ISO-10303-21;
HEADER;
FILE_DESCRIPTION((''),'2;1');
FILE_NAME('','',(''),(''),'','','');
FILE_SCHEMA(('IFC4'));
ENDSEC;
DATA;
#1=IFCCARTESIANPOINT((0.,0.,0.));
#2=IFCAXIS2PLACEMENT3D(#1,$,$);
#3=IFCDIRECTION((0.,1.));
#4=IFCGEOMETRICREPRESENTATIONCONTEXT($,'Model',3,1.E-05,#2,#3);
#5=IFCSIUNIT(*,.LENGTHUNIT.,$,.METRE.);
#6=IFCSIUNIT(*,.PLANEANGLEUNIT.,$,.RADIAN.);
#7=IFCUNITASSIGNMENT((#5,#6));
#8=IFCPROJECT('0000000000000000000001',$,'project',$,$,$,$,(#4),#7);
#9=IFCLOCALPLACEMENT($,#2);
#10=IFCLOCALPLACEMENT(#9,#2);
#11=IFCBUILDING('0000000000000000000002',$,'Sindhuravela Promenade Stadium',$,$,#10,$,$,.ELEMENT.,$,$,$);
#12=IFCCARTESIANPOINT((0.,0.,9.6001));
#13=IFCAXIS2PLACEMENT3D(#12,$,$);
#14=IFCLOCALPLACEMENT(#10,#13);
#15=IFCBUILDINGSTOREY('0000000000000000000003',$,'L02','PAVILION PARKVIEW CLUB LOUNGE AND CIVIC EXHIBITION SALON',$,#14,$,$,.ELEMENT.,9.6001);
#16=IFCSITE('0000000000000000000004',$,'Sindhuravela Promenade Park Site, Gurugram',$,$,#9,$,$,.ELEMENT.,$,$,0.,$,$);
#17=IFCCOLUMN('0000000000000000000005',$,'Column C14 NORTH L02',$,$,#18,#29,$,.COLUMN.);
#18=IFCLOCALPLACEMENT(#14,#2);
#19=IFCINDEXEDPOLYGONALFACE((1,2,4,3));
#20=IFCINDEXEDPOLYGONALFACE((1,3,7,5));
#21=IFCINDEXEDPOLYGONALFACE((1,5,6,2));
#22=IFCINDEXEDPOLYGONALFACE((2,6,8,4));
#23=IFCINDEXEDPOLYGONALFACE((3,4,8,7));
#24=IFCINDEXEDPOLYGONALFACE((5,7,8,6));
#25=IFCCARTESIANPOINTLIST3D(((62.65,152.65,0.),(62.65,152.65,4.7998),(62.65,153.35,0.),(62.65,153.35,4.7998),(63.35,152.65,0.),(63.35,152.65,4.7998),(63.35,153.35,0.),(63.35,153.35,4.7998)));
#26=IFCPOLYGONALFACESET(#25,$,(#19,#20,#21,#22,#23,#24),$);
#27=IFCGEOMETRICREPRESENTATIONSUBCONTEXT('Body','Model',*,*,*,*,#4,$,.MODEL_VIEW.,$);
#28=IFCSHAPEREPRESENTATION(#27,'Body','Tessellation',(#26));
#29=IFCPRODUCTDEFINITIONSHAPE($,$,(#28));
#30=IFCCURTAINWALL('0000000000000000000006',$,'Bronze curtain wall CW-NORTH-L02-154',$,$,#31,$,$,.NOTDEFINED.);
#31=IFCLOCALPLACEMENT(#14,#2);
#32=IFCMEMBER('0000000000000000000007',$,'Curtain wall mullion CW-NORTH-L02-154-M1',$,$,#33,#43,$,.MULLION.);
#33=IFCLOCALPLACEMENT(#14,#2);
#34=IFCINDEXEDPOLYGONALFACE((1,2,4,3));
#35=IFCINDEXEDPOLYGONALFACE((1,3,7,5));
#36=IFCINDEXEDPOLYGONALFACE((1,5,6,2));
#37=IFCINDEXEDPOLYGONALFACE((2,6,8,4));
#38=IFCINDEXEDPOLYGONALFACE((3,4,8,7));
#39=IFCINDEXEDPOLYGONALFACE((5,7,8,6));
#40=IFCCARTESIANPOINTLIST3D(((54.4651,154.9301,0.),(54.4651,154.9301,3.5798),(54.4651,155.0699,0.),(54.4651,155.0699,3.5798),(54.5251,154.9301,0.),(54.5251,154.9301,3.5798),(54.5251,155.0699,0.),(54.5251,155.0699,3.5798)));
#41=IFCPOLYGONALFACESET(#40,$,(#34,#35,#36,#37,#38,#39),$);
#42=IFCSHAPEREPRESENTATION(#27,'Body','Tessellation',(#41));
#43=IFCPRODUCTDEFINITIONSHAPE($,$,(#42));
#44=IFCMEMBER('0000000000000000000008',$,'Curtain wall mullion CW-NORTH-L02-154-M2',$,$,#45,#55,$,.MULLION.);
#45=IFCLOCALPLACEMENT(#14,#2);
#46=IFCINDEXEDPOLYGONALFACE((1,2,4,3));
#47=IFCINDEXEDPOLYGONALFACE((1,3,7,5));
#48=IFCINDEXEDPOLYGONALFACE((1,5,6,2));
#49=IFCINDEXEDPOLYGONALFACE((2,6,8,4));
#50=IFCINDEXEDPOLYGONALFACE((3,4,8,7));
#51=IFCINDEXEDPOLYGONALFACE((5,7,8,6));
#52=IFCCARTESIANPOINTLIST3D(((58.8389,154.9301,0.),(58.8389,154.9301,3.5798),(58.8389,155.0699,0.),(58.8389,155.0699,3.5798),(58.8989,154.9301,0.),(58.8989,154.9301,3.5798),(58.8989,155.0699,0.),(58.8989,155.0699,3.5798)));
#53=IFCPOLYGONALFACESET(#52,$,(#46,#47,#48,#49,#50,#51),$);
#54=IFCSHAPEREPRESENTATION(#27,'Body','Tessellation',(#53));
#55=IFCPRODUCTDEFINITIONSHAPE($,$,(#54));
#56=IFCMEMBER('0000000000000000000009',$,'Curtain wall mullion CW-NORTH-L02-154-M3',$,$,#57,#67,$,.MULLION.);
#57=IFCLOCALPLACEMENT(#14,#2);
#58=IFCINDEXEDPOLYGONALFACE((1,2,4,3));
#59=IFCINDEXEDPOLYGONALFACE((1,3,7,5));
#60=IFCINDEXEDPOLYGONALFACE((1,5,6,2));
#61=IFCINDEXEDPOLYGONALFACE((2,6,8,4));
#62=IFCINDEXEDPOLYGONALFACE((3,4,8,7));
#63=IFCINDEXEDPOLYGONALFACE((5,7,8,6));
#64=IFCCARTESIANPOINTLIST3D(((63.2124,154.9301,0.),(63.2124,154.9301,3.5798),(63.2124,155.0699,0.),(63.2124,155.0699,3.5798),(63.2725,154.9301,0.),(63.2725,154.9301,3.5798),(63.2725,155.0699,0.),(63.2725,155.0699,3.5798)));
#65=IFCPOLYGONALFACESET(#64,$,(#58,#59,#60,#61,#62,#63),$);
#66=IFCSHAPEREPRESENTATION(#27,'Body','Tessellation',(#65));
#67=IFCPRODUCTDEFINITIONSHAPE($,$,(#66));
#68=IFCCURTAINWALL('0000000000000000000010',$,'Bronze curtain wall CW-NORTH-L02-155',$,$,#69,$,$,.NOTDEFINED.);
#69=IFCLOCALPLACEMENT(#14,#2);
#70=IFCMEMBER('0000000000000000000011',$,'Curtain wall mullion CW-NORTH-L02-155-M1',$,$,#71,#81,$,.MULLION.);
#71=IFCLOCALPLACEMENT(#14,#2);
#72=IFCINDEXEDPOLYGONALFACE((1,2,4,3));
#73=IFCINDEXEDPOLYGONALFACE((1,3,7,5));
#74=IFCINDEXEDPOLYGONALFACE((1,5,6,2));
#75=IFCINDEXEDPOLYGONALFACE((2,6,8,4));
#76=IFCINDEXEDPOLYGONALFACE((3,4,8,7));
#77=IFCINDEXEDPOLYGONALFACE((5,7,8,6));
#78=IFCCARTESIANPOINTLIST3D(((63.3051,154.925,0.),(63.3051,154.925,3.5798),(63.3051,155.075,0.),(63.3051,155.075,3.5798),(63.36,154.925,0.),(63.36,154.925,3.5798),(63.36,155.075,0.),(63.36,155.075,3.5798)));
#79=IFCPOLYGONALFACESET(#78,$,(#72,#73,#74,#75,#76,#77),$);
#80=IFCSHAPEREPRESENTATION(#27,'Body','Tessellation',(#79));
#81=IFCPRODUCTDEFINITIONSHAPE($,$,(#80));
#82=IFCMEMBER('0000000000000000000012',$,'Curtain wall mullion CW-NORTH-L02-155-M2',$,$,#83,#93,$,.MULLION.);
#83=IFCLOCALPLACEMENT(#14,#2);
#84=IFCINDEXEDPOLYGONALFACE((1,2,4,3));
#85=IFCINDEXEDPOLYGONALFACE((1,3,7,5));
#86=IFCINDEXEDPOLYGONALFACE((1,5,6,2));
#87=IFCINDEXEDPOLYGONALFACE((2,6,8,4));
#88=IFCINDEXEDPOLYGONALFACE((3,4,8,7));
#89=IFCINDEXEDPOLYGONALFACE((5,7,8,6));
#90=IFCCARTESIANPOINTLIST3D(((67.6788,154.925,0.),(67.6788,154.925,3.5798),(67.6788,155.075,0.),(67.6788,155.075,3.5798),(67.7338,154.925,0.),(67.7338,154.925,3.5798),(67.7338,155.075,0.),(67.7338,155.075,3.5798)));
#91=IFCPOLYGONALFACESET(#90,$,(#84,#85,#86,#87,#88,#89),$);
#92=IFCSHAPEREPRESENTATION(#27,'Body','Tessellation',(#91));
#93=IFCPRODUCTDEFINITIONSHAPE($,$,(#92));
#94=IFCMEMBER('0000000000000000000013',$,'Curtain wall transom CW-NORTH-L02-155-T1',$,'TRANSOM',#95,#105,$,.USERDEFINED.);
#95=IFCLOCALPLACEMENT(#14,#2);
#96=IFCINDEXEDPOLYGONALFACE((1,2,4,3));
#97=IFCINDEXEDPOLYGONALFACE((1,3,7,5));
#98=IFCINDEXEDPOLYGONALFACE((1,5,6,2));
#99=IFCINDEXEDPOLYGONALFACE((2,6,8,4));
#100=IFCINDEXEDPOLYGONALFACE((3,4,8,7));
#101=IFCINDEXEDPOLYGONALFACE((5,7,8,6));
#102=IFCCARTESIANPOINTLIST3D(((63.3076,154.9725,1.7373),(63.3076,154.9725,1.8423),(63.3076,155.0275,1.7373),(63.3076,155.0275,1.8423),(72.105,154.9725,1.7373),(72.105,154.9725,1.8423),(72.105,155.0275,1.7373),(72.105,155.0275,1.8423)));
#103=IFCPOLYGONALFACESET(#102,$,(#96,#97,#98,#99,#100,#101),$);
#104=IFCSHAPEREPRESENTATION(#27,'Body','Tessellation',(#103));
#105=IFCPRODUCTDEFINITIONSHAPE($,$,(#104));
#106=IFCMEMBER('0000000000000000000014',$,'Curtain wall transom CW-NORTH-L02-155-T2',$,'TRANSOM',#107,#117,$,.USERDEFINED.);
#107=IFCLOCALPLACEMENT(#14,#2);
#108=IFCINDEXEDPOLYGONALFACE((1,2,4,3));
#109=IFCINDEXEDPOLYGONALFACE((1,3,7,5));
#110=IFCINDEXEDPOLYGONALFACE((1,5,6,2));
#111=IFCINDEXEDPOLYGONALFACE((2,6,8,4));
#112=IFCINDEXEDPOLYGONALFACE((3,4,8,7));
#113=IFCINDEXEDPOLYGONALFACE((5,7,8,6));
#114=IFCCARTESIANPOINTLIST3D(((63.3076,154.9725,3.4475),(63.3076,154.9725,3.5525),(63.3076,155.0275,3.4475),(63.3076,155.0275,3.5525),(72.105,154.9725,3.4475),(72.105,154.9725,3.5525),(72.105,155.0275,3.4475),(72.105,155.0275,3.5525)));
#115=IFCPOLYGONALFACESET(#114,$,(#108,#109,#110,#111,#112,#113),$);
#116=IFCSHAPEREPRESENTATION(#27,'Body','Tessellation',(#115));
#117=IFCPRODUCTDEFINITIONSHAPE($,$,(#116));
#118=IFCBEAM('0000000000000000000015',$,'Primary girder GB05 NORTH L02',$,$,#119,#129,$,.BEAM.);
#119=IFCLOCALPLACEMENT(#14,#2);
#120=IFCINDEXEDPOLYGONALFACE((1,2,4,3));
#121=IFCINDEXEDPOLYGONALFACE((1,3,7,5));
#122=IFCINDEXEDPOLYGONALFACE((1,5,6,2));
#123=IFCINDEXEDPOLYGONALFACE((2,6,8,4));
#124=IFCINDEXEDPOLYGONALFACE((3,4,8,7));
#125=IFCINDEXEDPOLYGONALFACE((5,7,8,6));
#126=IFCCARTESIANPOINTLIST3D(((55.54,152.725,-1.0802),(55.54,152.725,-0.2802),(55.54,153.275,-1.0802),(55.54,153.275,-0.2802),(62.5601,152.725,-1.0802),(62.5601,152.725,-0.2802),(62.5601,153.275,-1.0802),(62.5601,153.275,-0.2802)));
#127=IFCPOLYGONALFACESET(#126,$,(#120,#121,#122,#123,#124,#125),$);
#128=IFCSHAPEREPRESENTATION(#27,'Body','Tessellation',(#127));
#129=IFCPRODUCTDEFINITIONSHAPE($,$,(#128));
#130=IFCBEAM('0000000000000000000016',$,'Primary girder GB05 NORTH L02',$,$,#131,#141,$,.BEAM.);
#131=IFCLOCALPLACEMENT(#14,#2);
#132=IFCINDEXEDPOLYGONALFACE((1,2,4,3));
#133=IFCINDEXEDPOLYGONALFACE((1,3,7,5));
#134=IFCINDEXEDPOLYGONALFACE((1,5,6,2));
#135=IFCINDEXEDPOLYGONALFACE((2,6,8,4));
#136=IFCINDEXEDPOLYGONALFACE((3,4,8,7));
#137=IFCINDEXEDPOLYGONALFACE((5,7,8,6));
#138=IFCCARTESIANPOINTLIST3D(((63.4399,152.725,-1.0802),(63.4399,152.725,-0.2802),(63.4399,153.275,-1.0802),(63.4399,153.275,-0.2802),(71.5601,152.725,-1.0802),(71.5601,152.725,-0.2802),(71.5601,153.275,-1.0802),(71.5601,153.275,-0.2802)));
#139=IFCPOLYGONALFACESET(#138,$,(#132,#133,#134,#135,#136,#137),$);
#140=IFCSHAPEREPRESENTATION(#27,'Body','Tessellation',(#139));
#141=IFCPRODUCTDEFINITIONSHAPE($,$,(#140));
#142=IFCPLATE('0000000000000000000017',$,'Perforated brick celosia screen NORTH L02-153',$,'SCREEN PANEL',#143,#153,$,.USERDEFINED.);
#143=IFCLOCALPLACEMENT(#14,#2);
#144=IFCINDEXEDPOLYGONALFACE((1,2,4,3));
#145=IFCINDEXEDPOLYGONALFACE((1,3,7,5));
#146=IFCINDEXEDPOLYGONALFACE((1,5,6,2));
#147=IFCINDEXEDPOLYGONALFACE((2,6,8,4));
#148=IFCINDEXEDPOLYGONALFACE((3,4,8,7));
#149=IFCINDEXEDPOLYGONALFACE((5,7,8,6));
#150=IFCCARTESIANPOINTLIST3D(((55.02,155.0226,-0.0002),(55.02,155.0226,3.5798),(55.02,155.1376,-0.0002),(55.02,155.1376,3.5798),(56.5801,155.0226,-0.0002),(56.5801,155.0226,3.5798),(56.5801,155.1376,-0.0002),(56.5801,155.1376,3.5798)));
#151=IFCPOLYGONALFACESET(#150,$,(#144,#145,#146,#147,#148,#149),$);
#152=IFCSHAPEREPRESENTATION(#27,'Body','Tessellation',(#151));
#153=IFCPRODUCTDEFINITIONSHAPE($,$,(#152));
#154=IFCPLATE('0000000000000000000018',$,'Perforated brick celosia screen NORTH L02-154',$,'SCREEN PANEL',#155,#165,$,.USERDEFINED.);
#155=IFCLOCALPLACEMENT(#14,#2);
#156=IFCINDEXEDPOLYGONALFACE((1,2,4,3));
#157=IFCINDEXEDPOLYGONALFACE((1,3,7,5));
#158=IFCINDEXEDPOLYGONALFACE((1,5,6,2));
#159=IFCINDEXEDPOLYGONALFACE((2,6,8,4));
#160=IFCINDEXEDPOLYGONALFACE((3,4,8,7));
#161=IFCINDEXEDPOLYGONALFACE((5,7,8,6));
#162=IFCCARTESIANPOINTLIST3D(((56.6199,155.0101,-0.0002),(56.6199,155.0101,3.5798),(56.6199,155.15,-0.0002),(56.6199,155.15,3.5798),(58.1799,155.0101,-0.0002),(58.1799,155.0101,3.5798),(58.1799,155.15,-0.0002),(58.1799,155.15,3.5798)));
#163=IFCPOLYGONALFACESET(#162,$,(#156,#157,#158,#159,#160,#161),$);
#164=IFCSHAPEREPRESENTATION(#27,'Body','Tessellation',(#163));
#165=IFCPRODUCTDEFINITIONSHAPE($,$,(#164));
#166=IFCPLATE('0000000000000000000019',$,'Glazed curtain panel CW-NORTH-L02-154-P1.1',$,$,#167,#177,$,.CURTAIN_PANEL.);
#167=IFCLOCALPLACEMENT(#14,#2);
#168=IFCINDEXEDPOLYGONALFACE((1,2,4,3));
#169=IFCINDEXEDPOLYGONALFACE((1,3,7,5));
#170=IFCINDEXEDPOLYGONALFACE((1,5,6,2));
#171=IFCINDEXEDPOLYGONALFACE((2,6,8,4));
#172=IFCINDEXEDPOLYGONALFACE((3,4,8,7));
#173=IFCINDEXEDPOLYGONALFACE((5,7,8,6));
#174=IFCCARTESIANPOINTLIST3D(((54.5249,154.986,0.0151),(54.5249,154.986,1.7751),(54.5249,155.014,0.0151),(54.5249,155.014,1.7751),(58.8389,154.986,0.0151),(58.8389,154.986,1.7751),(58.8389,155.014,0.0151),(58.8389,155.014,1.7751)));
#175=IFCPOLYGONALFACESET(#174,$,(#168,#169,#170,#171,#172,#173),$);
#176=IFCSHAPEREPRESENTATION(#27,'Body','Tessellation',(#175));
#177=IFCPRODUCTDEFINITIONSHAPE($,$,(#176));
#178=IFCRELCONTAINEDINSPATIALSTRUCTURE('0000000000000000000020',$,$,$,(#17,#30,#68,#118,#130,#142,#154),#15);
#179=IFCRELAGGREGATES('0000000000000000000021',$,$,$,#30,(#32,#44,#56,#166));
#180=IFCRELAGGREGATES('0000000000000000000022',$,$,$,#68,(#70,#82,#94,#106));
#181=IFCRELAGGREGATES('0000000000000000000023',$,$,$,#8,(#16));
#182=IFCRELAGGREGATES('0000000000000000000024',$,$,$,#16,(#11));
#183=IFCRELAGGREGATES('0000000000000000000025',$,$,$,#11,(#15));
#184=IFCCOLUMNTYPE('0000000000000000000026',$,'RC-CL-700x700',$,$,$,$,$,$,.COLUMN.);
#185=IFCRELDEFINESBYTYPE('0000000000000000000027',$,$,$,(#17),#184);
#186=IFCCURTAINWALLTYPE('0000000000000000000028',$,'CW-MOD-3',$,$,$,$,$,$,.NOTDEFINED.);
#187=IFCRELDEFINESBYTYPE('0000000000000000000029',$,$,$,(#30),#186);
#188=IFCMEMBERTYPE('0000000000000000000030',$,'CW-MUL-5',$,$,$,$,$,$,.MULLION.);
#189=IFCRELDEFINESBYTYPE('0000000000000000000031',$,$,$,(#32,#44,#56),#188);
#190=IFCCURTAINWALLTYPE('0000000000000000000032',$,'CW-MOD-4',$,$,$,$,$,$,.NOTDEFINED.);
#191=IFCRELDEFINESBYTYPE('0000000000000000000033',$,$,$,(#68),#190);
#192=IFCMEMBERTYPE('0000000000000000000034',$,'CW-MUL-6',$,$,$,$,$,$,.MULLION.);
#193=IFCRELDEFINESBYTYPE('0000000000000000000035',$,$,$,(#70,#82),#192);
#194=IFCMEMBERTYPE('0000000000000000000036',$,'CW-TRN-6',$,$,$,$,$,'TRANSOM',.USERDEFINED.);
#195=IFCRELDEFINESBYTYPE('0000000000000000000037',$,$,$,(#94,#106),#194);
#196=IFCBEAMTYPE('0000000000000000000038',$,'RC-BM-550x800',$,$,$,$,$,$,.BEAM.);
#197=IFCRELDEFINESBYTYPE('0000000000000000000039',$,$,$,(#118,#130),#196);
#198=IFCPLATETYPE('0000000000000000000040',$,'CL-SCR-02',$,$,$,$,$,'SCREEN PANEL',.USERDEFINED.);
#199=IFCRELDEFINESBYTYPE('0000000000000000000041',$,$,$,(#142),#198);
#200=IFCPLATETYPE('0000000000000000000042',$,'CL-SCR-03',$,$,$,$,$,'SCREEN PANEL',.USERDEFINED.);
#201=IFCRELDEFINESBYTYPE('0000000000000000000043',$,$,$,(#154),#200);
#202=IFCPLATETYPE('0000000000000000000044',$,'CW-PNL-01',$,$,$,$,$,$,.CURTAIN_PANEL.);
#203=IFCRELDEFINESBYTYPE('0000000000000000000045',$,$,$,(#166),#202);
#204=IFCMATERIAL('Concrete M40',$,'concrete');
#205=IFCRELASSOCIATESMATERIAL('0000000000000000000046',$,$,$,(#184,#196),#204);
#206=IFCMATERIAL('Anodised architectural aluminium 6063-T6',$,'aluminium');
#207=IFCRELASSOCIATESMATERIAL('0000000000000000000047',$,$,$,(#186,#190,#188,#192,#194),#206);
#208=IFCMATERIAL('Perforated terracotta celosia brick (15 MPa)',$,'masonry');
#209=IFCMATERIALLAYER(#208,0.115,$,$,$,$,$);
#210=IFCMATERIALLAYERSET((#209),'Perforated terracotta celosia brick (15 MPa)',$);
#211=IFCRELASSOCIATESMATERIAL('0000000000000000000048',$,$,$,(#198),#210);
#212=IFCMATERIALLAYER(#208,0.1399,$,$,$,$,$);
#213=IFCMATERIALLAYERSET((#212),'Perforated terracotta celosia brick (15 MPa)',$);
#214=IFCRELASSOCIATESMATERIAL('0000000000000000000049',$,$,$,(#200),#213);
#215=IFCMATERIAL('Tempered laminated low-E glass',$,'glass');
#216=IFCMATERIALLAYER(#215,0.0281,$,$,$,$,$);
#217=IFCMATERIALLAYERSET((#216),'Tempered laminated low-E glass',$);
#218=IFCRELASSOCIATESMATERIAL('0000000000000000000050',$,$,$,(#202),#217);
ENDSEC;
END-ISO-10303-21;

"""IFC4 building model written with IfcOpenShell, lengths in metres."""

from ifc_helpers import new_model, si_unit, direction, frame, origin, origin_2d, place, context, subcontext, project, spatial, rectangle, extrude, material, layer, layer_set, material_profile, profile_set, type_object, element, aggregate, save


model = new_model("IFC4")

# Units and contexts
model_context = context("Model", 3, precision=1e-05, world=origin(), true_north=direction((0.0, 1.0)))
body_context = subcontext(model_context, "Body", "Model", "MODEL_VIEW")
ifc_project = project(units=[si_unit("LENGTHUNIT", "METRE"), si_unit("PLANEANGLEUNIT", "RADIAN")], contexts=[model_context])

# Site, building, storey
site_placement = place(None, origin())
site = spatial("IfcSite", under=ifc_project, at=site_placement, Name="Sindhuravela Promenade Park Site, Gurugram", CompositionType="ELEMENT", RefElevation=0.0)
building_placement = place(site_placement, origin())
building = spatial("IfcBuilding", under=site, at=building_placement, Name="Sindhuravela Promenade Stadium", CompositionType="ELEMENT")
storey_placement = place(building_placement, frame((0.0, 0.0, 9.6001)))
storey = spatial("IfcBuildingStorey", under=building, at=storey_placement, Name="L02", Description="PAVILION PARKVIEW CLUB LOUNGE AND CIVIC EXHIBITION SALON", CompositionType="ELEMENT", Elevation=9.6001)

# Column
ifc_material_1 = material(Name="Concrete M40", Category="concrete")
ifc_material_profile_1 = material_profile(ifc_material_1, rectangle(XDim=0.7, YDim=0.7, at=origin_2d()), Name="RC 700x700")
ifc_profile_set_1 = profile_set([ifc_material_profile_1], Name="Concrete M40")
column_type = type_object("IfcColumnType", Name="RC-CL-700x700", PredefinedType="COLUMN", material=ifc_profile_set_1)
column_placement = place(storey_placement, frame((63.0, 153.0, 0.0), z_axis=(0.0, 0.0, 1.0), x_axis=(1.0, 0.0, 0.0)))
element("IfcColumn", 1, at=column_placement, inside=storey, type_object=column_type, Name="Column C14 NORTH L02", PredefinedType="COLUMN", context=body_context, shape_type="SweptSolid", body=[
    extrude(rectangle(XDim=0.7, YDim=0.7, at=origin_2d()), origin(), (0.0, 0.0, 1.0), 4.7998),
])

# Curtain walls, members
ifc_material_2 = material(Name="Anodised architectural aluminium 6063-T6", Category="aluminium")
curtain_wall_type_1 = type_object("IfcCurtainWallType", Name="CW-MOD-3", PredefinedType="NOTDEFINED", material=ifc_material_2)
curtain_wall_1_placement = place(storey_placement, origin())
curtain_wall_1 = element("IfcCurtainWall", 2, at=curtain_wall_1_placement, inside=storey, type_object=curtain_wall_type_1, Name="Bronze curtain wall CW-NORTH-L02-154", PredefinedType="NOTDEFINED")
ifc_material_profile_2 = material_profile(ifc_material_2, rectangle(XDim=0.0601, YDim=0.1399, at=origin_2d()), Name="ALU M60x140")
ifc_profile_set_2 = profile_set([ifc_material_profile_2], Name="Anodised architectural aluminium 6063-T6")
member_type_1 = type_object("IfcMemberType", Name="CW-MUL-5", PredefinedType="MULLION", material=ifc_profile_set_2)
member_1_placement = place(storey_placement, frame((54.4951, 155.0, 0.0), z_axis=(0.0, 0.0, 1.0), x_axis=(1.0, 0.0, 0.0)))
member_1 = element("IfcMember", 3, at=member_1_placement, type_object=member_type_1, Name="Curtain wall mullion CW-NORTH-L02-154-M1", PredefinedType="MULLION", context=body_context, shape_type="SweptSolid", body=[
    extrude(rectangle(XDim=0.0601, YDim=0.1399, at=origin_2d()), origin(), (0.0, 0.0, 1.0), 3.5798),
])
member_2_placement = place(storey_placement, frame((58.8689, 155.0, 0.0), z_axis=(0.0, 0.0, 1.0), x_axis=(1.0, 0.0, 0.0)))
member_2 = element("IfcMember", 4, at=member_2_placement, type_object=member_type_1, Name="Curtain wall mullion CW-NORTH-L02-154-M2", PredefinedType="MULLION", context=body_context, shape_type="SweptSolid", body=[
    extrude(rectangle(XDim=0.0601, YDim=0.1399, at=origin_2d()), origin(), (0.0, 0.0, 1.0), 3.5798),
])
member_3_placement = place(storey_placement, frame((63.2424, 155.0, 0.0), z_axis=(0.0, 0.0, 1.0), x_axis=(1.0, 0.0, 0.0)))
member_3 = element("IfcMember", 5, at=member_3_placement, type_object=member_type_1, Name="Curtain wall mullion CW-NORTH-L02-154-M3", PredefinedType="MULLION", context=body_context, shape_type="SweptSolid", body=[
    extrude(rectangle(XDim=0.0601, YDim=0.1399, at=origin_2d()), origin(), (0.0, 0.0, 1.0), 3.5798),
])
curtain_wall_type_2 = type_object("IfcCurtainWallType", Name="CW-MOD-4", PredefinedType="NOTDEFINED", material=ifc_material_2)
curtain_wall_2_placement = place(storey_placement, origin())
curtain_wall_2 = element("IfcCurtainWall", 6, at=curtain_wall_2_placement, inside=storey, type_object=curtain_wall_type_2, Name="Bronze curtain wall CW-NORTH-L02-155", PredefinedType="NOTDEFINED")
ifc_material_profile_3 = material_profile(ifc_material_2, rectangle(XDim=0.0549, YDim=0.1499, at=origin_2d()), Name="ALU M55x150")
ifc_profile_set_3 = profile_set([ifc_material_profile_3], Name="Anodised architectural aluminium 6063-T6")
member_type_2 = type_object("IfcMemberType", Name="CW-MUL-6", PredefinedType="MULLION", material=ifc_profile_set_3)
member_4_placement = place(storey_placement, frame((63.3325, 155.0, 0.0), z_axis=(0.0, 0.0, 1.0), x_axis=(1.0, 0.0, 0.0)))
member_4 = element("IfcMember", 7, at=member_4_placement, type_object=member_type_2, Name="Curtain wall mullion CW-NORTH-L02-155-M1", PredefinedType="MULLION", context=body_context, shape_type="SweptSolid", body=[
    extrude(rectangle(XDim=0.0549, YDim=0.1499, at=origin_2d()), origin(), (0.0, 0.0, 1.0), 3.5798),
])
member_5_placement = place(storey_placement, frame((67.7063, 155.0, 0.0), z_axis=(0.0, 0.0, 1.0), x_axis=(1.0, 0.0, 0.0)))
member_5 = element("IfcMember", 8, at=member_5_placement, type_object=member_type_2, Name="Curtain wall mullion CW-NORTH-L02-155-M2", PredefinedType="MULLION", context=body_context, shape_type="SweptSolid", body=[
    extrude(rectangle(XDim=0.0549, YDim=0.1499, at=origin_2d()), origin(), (0.0, 0.0, 1.0), 3.5798),
])
ifc_material_profile_4 = material_profile(ifc_material_2, rectangle(XDim=0.0549, YDim=0.105, at=origin_2d()), Name="ALU T55x105")
ifc_profile_set_4 = profile_set([ifc_material_profile_4], Name="Anodised architectural aluminium 6063-T6")
member_type_3 = type_object("IfcMemberType", Name="CW-TRN-6", ElementType="TRANSOM", PredefinedType="USERDEFINED", material=ifc_profile_set_4)
member_6_placement = place(storey_placement, frame((63.3076, 155.0, 1.7898), z_axis=(1.0, 0.0, 0.0), x_axis=(0.0, 1.0, 0.0)))
member_6 = element("IfcMember", 9, at=member_6_placement, type_object=member_type_3, Name="Curtain wall transom CW-NORTH-L02-155-T1", ObjectType="TRANSOM", PredefinedType="USERDEFINED", context=body_context, shape_type="SweptSolid", body=[
    extrude(rectangle(XDim=0.0549, YDim=0.105, at=origin_2d()), origin(), (0.0, 0.0, 1.0), 8.7974),
])
member_7_placement = place(storey_placement, frame((63.3076, 155.0, 3.5), z_axis=(1.0, 0.0, 0.0), x_axis=(0.0, 1.0, 0.0)))
member_7 = element("IfcMember", 10, at=member_7_placement, type_object=member_type_3, Name="Curtain wall transom CW-NORTH-L02-155-T2", ObjectType="TRANSOM", PredefinedType="USERDEFINED", context=body_context, shape_type="SweptSolid", body=[
    extrude(rectangle(XDim=0.0549, YDim=0.105, at=origin_2d()), origin(), (0.0, 0.0, 1.0), 8.7974),
])

# Beams
ifc_material_profile_5 = material_profile(ifc_material_1, rectangle(XDim=0.55, YDim=0.8, at=origin_2d()), Name="RC 550x800")
ifc_profile_set_5 = profile_set([ifc_material_profile_5], Name="Concrete M40")
beam_type = type_object("IfcBeamType", Name="RC-BM-550x800", PredefinedType="BEAM", material=ifc_profile_set_5)
beam_1_placement = place(storey_placement, frame((55.54, 153.0, -0.6802), z_axis=(1.0, 0.0, 0.0), x_axis=(0.0, 1.0, 0.0)))
element("IfcBeam", 11, at=beam_1_placement, inside=storey, type_object=beam_type, Name="Primary girder GB05 NORTH L02", PredefinedType="BEAM", context=body_context, shape_type="SweptSolid", body=[
    extrude(rectangle(XDim=0.55, YDim=0.8, at=origin_2d()), origin(), (0.0, 0.0, 1.0), 7.02),
])
beam_2_placement = place(storey_placement, frame((63.4399, 153.0, -0.6802), z_axis=(1.0, 0.0, 0.0), x_axis=(0.0, 1.0, 0.0)))
element("IfcBeam", 12, at=beam_2_placement, inside=storey, type_object=beam_type, Name="Primary girder GB05 NORTH L02", PredefinedType="BEAM", context=body_context, shape_type="SweptSolid", body=[
    extrude(rectangle(XDim=0.55, YDim=0.8, at=origin_2d()), origin(), (0.0, 0.0, 1.0), 8.1201),
])

# Plates
ifc_material_3 = material(Name="Perforated terracotta celosia brick (15 MPa)", Category="masonry")
ifc_layer_1 = layer(ifc_material_3, 0.115)
ifc_layer_set_1 = layer_set([ifc_layer_1], Name="Perforated terracotta celosia brick (15 MPa)")
plate_type_1 = type_object("IfcPlateType", Name="CL-SCR-02", ElementType="SCREEN PANEL", PredefinedType="USERDEFINED", material=ifc_layer_set_1)
plate_1_placement = place(storey_placement, frame((55.8, 155.0801, -0.0002), z_axis=(0.0, 0.0, 1.0), x_axis=(1.0, 0.0, 0.0)))
element("IfcPlate", 13, at=plate_1_placement, inside=storey, type_object=plate_type_1, Name="Perforated brick celosia screen NORTH L02-153", ObjectType="SCREEN PANEL", PredefinedType="USERDEFINED", context=body_context, shape_type="SweptSolid", body=[
    extrude(rectangle(XDim=1.5601, YDim=0.115, at=origin_2d()), origin(), (0.0, 0.0, 1.0), 3.5801),
])
ifc_layer_2 = layer(ifc_material_3, 0.1399)
ifc_layer_set_2 = layer_set([ifc_layer_2], Name="Perforated terracotta celosia brick (15 MPa)")
plate_type_2 = type_object("IfcPlateType", Name="CL-SCR-03", ElementType="SCREEN PANEL", PredefinedType="USERDEFINED", material=ifc_layer_set_2)
plate_2_placement = place(storey_placement, frame((57.3999, 155.0801, -0.0002), z_axis=(0.0, 0.0, 1.0), x_axis=(1.0, 0.0, 0.0)))
element("IfcPlate", 14, at=plate_2_placement, inside=storey, type_object=plate_type_2, Name="Perforated brick celosia screen NORTH L02-154", ObjectType="SCREEN PANEL", PredefinedType="USERDEFINED", context=body_context, shape_type="SweptSolid", body=[
    extrude(rectangle(XDim=1.5601, YDim=0.1399, at=origin_2d()), origin(), (0.0, 0.0, 1.0), 3.5801),
])

# Plate
ifc_material_4 = material(Name="Tempered laminated low-E glass", Category="glass")
ifc_layer_3 = layer(ifc_material_4, 0.0281)
ifc_layer_set_3 = layer_set([ifc_layer_3], Name="Tempered laminated low-E glass")
plate_type_3 = type_object("IfcPlateType", Name="CW-PNL-01", PredefinedType="CURTAIN_PANEL", material=ifc_layer_set_3)
plate_3_placement = place(storey_placement, frame((56.6819, 155.0, 0.0151), z_axis=(0.0, 0.0, 1.0), x_axis=(1.0, 0.0, 0.0)))
plate_3 = element("IfcPlate", 15, at=plate_3_placement, type_object=plate_type_3, Name="Glazed curtain panel CW-NORTH-L02-154-P1.1", PredefinedType="CURTAIN_PANEL", context=body_context, shape_type="SweptSolid", body=[
    extrude(rectangle(XDim=4.314, YDim=0.0281, at=origin_2d()), origin(), (0.0, 0.0, 1.0), 1.76),
])
aggregate(curtain_wall_1, [member_1, member_2, member_3, plate_3])
aggregate(curtain_wall_2, [member_4, member_5, member_6, member_7])

save(model, "model.ifc")
